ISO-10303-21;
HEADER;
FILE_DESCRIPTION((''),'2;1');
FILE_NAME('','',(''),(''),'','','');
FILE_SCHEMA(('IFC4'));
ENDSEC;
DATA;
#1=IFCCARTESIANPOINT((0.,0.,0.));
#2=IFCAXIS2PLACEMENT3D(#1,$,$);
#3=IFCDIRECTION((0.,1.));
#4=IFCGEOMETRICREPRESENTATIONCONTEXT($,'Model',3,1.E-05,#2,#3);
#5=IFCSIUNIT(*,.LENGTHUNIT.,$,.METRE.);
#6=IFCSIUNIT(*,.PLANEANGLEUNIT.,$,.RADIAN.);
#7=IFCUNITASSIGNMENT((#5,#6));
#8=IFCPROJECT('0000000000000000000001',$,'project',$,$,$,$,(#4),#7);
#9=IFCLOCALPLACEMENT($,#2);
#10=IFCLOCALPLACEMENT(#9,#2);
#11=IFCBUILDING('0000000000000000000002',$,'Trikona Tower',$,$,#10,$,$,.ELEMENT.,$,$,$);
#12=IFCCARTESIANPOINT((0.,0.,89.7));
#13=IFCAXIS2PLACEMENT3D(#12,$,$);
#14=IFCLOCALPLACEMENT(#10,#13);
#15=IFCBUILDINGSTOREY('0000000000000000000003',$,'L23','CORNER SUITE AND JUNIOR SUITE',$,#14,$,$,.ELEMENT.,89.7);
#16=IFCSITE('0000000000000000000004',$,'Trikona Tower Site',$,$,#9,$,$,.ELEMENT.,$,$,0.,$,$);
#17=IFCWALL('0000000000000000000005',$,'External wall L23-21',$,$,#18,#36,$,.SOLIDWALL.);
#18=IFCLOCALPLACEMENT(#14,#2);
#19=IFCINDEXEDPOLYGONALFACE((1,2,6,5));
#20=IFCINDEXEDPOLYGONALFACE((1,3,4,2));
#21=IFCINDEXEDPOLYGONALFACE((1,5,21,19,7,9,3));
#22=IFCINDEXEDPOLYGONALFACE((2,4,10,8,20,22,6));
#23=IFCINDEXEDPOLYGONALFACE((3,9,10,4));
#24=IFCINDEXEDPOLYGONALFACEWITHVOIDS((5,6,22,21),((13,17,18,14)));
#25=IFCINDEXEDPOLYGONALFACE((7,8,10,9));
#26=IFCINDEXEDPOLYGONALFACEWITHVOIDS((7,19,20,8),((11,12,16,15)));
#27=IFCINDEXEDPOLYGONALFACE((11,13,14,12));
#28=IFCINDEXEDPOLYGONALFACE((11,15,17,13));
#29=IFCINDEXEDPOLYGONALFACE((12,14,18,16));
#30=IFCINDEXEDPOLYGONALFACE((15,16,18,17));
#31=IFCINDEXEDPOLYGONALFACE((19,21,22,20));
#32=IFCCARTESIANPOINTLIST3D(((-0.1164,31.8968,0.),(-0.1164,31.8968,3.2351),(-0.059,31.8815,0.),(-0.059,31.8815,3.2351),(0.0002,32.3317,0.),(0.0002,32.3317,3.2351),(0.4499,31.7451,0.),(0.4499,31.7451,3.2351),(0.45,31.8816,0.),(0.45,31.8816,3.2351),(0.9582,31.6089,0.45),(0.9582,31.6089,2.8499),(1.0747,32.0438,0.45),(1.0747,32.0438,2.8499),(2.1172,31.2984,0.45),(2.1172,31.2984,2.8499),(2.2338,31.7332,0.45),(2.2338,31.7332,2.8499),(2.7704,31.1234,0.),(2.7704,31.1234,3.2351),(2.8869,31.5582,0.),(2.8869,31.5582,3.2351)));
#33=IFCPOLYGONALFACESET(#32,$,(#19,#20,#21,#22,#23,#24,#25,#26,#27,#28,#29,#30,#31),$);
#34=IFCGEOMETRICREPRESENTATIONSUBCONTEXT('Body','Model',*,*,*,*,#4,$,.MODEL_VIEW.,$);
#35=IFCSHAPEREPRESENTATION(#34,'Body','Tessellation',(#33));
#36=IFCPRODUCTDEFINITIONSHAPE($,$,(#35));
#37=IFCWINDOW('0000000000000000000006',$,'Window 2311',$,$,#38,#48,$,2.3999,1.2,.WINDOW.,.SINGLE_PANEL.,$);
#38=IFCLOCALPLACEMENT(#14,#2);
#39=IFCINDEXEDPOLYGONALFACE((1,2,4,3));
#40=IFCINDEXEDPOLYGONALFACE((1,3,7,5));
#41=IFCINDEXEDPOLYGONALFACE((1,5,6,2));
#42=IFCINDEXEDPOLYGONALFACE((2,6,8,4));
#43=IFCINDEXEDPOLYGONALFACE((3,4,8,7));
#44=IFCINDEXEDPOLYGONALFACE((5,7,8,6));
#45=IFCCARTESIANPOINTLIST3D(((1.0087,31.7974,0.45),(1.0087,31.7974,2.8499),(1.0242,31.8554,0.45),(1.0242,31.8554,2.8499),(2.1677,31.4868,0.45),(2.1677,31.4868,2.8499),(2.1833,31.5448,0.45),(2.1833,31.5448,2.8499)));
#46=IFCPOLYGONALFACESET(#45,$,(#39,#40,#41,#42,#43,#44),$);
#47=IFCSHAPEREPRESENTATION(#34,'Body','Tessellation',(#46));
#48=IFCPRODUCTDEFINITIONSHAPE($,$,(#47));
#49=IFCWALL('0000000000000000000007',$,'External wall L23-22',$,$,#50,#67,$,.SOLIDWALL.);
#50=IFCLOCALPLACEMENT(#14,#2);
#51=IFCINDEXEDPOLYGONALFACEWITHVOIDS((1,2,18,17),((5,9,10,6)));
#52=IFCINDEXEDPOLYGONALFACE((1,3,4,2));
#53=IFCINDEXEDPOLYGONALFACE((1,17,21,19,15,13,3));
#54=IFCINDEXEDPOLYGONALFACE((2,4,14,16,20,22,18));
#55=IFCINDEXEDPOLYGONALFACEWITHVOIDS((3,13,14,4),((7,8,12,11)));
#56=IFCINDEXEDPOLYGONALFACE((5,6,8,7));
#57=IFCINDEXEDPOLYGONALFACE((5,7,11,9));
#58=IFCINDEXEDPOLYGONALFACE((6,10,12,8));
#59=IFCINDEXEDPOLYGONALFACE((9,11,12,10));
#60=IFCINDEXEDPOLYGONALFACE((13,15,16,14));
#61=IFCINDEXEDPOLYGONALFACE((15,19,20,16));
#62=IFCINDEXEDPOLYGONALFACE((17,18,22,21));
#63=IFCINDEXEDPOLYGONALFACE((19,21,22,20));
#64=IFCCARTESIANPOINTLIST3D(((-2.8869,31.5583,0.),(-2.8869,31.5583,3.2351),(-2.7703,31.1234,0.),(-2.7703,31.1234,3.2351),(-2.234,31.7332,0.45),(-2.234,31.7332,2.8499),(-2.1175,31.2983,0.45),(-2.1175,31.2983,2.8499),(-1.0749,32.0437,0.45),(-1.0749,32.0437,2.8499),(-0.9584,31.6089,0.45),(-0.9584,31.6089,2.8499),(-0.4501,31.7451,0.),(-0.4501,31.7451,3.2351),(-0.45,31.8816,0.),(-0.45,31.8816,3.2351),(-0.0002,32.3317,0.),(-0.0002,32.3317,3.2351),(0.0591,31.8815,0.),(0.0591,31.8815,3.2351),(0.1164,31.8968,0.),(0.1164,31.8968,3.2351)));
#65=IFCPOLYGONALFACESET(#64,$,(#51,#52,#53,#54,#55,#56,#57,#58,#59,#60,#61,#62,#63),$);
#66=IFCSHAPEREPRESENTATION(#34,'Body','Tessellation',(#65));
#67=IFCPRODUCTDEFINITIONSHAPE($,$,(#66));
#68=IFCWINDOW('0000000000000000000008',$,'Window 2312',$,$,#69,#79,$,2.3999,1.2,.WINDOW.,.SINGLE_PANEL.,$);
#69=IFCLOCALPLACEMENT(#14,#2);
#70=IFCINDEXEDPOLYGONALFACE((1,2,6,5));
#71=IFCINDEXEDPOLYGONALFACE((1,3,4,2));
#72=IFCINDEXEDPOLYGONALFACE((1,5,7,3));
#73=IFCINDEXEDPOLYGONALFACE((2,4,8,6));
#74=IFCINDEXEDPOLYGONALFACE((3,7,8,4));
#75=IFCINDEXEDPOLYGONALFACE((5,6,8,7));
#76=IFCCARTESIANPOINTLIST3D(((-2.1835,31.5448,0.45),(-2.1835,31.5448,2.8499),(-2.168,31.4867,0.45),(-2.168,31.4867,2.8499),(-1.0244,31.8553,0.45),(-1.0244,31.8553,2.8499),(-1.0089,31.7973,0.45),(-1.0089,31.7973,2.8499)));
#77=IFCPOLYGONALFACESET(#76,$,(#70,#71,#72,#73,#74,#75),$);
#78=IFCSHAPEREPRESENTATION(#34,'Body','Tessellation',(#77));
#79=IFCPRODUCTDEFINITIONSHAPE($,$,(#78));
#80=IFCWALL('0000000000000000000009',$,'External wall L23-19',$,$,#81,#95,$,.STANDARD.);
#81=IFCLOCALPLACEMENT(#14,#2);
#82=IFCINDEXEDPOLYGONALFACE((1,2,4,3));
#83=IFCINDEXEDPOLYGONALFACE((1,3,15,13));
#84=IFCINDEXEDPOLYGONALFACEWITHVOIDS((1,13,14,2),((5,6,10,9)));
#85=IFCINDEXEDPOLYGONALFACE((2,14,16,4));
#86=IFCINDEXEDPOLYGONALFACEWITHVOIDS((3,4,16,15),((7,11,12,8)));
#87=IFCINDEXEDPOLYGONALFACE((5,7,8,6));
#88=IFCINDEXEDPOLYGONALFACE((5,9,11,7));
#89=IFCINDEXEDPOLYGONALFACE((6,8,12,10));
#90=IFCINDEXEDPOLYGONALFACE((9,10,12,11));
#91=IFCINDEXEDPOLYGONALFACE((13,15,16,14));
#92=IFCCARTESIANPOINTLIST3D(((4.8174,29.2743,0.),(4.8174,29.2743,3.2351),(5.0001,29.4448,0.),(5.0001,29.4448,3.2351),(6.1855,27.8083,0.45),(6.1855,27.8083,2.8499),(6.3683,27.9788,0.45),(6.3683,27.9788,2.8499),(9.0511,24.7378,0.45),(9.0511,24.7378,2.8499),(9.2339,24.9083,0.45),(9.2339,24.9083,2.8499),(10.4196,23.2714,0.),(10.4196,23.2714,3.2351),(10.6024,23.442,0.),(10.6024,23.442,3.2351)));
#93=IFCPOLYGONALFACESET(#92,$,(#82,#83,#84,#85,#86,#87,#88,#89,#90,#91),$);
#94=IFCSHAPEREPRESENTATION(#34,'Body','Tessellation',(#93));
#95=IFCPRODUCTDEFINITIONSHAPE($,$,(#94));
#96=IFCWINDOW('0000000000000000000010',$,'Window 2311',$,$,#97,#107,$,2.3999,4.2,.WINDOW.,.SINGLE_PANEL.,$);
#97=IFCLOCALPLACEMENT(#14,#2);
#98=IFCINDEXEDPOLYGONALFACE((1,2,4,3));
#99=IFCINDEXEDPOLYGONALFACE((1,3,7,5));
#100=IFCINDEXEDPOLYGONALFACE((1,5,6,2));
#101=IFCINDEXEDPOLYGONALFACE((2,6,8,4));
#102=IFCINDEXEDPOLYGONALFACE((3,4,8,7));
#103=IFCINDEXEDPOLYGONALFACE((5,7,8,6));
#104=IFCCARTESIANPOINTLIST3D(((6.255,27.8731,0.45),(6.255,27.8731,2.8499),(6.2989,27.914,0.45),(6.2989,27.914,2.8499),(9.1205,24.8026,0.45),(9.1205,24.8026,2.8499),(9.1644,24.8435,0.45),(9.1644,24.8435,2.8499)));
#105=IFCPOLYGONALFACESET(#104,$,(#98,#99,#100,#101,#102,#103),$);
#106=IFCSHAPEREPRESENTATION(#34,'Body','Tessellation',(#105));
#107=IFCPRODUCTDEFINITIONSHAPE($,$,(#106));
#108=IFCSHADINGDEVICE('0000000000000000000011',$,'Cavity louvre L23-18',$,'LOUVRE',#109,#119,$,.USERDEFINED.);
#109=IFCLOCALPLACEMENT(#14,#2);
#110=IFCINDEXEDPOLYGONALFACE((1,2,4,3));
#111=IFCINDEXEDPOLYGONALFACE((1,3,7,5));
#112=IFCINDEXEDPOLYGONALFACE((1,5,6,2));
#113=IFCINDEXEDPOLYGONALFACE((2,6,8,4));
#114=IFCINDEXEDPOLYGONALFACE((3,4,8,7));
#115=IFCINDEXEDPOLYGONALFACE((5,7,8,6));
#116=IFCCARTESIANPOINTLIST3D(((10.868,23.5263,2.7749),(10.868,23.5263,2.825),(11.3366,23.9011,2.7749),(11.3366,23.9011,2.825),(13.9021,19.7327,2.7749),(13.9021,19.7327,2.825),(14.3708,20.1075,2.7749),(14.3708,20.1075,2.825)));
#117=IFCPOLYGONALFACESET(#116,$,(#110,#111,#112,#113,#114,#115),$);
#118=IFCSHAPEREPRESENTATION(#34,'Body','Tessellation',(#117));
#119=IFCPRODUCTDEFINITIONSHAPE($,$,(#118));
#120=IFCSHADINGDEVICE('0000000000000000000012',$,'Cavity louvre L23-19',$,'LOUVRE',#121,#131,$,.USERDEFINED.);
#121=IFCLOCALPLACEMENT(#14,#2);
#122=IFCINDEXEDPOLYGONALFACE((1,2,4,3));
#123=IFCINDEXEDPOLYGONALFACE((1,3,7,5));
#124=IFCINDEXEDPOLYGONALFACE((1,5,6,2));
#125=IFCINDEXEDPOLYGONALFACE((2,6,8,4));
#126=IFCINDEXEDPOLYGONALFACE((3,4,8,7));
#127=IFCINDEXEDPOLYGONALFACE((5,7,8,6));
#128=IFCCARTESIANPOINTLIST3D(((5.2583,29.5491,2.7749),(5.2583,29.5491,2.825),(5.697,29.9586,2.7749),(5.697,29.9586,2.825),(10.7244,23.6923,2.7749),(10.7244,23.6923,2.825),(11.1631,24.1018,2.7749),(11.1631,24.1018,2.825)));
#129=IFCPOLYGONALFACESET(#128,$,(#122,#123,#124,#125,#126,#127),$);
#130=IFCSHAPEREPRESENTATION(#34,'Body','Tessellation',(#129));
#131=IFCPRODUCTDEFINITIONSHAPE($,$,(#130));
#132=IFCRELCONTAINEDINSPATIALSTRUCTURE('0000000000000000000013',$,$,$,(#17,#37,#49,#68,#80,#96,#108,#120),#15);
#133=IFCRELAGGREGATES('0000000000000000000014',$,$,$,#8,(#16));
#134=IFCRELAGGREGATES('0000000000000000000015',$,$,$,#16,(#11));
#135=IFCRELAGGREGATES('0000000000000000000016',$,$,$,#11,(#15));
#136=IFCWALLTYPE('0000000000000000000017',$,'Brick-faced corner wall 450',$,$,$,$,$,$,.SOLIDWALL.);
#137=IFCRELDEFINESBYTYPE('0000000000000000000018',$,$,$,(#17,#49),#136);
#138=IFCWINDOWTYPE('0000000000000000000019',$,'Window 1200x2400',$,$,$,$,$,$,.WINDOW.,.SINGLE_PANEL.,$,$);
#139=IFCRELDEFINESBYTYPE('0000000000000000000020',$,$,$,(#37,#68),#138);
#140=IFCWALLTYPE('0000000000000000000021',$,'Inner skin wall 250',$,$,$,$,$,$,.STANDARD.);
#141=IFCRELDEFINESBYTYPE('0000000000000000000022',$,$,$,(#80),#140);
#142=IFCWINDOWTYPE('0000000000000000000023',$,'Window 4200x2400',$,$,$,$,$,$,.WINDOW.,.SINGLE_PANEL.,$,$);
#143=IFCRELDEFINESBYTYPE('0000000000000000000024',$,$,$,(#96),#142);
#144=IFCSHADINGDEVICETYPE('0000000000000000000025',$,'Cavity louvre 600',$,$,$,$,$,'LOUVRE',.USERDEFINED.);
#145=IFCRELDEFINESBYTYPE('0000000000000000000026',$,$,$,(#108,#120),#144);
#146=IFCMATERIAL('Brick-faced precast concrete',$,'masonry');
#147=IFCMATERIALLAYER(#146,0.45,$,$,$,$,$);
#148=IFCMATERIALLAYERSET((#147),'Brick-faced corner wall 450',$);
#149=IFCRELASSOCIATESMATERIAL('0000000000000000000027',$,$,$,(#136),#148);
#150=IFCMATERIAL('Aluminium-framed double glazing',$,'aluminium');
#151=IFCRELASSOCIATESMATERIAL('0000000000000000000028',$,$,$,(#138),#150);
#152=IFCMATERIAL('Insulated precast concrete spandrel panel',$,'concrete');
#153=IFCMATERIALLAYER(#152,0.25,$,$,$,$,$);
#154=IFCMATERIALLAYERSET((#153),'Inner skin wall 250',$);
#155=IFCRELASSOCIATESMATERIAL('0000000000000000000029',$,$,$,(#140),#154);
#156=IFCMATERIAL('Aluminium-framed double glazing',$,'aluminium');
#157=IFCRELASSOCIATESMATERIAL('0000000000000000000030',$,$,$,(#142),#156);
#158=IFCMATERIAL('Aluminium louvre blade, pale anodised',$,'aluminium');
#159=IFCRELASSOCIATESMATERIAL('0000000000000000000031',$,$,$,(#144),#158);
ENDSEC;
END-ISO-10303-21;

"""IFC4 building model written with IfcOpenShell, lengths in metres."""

from ifc_helpers import new_model, si_unit, direction, frame, frame_2d, origin, origin_2d, place, context, subcontext, project, spatial, polyline, rectangle, outline, extrude, material, layer, layer_set, type_object, element, fill, save


model = new_model("IFC4")

# Units and contexts
model_context = context("Model", 3, precision=1e-05, world=origin(), true_north=direction((0.0, 1.0)))
body_context = subcontext(model_context, "Body", "Model", "MODEL_VIEW")
ifc_project = project(units=[si_unit("LENGTHUNIT", "METRE"), si_unit("PLANEANGLEUNIT", "RADIAN")], contexts=[model_context])

# Site, building, storey
site_placement = place(None, origin())
site = spatial("IfcSite", under=ifc_project, at=site_placement, Name="Trikona Tower Site", CompositionType="ELEMENT", RefElevation=0.0)
building_placement = place(site_placement, origin())
building = spatial("IfcBuilding", under=site, at=building_placement, Name="Trikona Tower", CompositionType="ELEMENT")
storey_placement = place(building_placement, frame((0.0, 0.0, 89.7)))
storey = spatial("IfcBuildingStorey", under=building, at=storey_placement, Name="L23", Description="CORNER SUITE AND JUNIOR SUITE", CompositionType="ELEMENT", Elevation=89.7)

# Walls, openings, windows
ifc_material_1 = material(Name="Brick-faced precast concrete", Category="masonry")
ifc_layer_1 = layer(ifc_material_1, 0.45)
ifc_layer_set_1 = layer_set([ifc_layer_1], Name="Brick-faced corner wall 450")
wall_type_1 = type_object("IfcWallType", Name="Brick-faced corner wall 450", PredefinedType="SOLIDWALL", material=ifc_layer_set_1)
wall_1_placement = place(storey_placement, frame((2.8286, 31.3408, 0.0), z_axis=(0.0, 0.0, 1.0), x_axis=(-0.965931, 0.258801, 0.0)))
wall_1 = element("IfcWall", 1, at=wall_1_placement, inside=storey, type_object=wall_type_1, Name="External wall L23-21", PredefinedType="SOLIDWALL", context=body_context, shape_type="SweptSolid", body=[
    extrude(outline(polyline([(2.9885, 0.2251), (2.9292, 0.2251), (2.4375, 0.0933), (2.4023, 0.2251), (0.0, 0.2251), (0.0, -0.2251), (2.9885, -0.2251), (2.9885, 0.2251)])), origin(), (0.0, 0.0, 1.0), 3.2351),
])
opening_1_placement = place(wall_1_placement, frame((0.676, 0.0, 0.45)))
opening_1 = element("IfcOpeningElement", 2, at=opening_1_placement, cuts=wall_1, PredefinedType="OPENING", context=body_context, shape_type="SweptSolid", body=[
    extrude(rectangle(XDim=1.2, YDim=2.3999, at=frame_2d((0.6001, 1.2))), frame((0.0, 0.2349, 0.0), z_axis=(0.0, -1.0, 0.0), x_axis=(1.0, 0.0, 0.0)), (0.0, 0.0, 1.0), 0.47),
])
ifc_material_2 = material(Name="Aluminium-framed double glazing", Category="aluminium")
window_type_1 = type_object("IfcWindowType", Name="Window 1200x2400", PartitioningType="SINGLE_PANEL", PredefinedType="WINDOW", material=ifc_material_2)
window_1_placement = place(opening_1_placement, origin())
window_1 = element("IfcWindow", 3, at=window_1_placement, inside=storey, type_object=window_type_1, Name="Window 2311", OverallHeight=2.3999, OverallWidth=1.2, PartitioningType="SINGLE_PANEL", PredefinedType="WINDOW", context=body_context, shape_type="SweptSolid", body=[
    extrude(rectangle(XDim=1.2, YDim=2.3999, at=frame_2d((0.6001, 1.2))), frame((0.0, 0.03, 0.0), z_axis=(0.0, -1.0, 0.0), x_axis=(1.0, 0.0, 0.0)), (0.0, 0.0, 1.0), 0.0601),
])
fill(opening_1, window_1)
wall_2_placement = place(storey_placement, frame((0.0581, 32.1143, 0.0), z_axis=(0.0, 0.0, 1.0), x_axis=(-0.965931, -0.258801, 0.0)))
wall_2 = element("IfcWall", 4, at=wall_2_placement, inside=storey, type_object=wall_type_1, Name="External wall L23-22", PredefinedType="SOLIDWALL", context=body_context, shape_type="SweptSolid", body=[
    extrude(outline(polyline([(2.9885, 0.2251), (0.5864, 0.2251), (0.551, 0.0933), (0.0593, 0.2251), (0.0, 0.2251), (0.0, -0.2251), (2.9885, -0.2251), (2.9885, 0.2251)])), origin(), (0.0, 0.0, 1.0), 3.2351),
])
opening_2_placement = place(wall_2_placement, frame((1.1125, 0.0, 0.45)))
opening_2 = element("IfcOpeningElement", 5, at=opening_2_placement, cuts=wall_2, PredefinedType="OPENING", context=body_context, shape_type="SweptSolid", body=[
    extrude(rectangle(XDim=1.2, YDim=2.3999, at=frame_2d((0.6001, 1.2))), frame((0.0, 0.2349, 0.0), z_axis=(0.0, -1.0, 0.0), x_axis=(1.0, 0.0, 0.0)), (0.0, 0.0, 1.0), 0.47),
])
window_2_placement = place(opening_2_placement, origin())
window_2 = element("IfcWindow", 6, at=window_2_placement, inside=storey, type_object=window_type_1, Name="Window 2312", OverallHeight=2.3999, OverallWidth=1.2, PartitioningType="SINGLE_PANEL", PredefinedType="WINDOW", context=body_context, shape_type="SweptSolid", body=[
    extrude(rectangle(XDim=1.2, YDim=2.3999, at=frame_2d((0.6001, 1.2))), frame((0.0, 0.03, 0.0), z_axis=(0.0, -1.0, 0.0), x_axis=(1.0, 0.0, 0.0)), (0.0, 0.0, 1.0), 0.0601),
])
fill(opening_2, window_2)
ifc_material_3 = material(Name="Insulated precast concrete spandrel panel", Category="concrete")
ifc_layer_2 = layer(ifc_material_3, 0.25)
ifc_layer_set_2 = layer_set([ifc_layer_2], Name="Inner skin wall 250")
wall_type_2 = type_object("IfcWallType", Name="Inner skin wall 250", PredefinedType="STANDARD", material=ifc_layer_set_2)
wall_3_placement = place(storey_placement, frame((10.511, 23.3567, 0.0), z_axis=(0.0, 0.0, 1.0), x_axis=(-0.68229, 0.731082, 0.0)))
wall_3 = element("IfcWall", 7, at=wall_3_placement, inside=storey, type_object=wall_type_2, Name="External wall L23-19", PredefinedType="STANDARD", context=body_context, shape_type="SweptSolid", body=[
    extrude(rectangle(XDim=8.2109, YDim=0.25, at=frame_2d((4.1055, 0.0))), origin(), (0.0, 0.0, 1.0), 3.2351),
])
opening_3_placement = place(wall_3_placement, frame((2.0056, 0.0, 0.45)))
opening_3 = element("IfcOpeningElement", 8, at=opening_3_placement, cuts=wall_3, PredefinedType="OPENING", context=body_context, shape_type="SweptSolid", body=[
    extrude(rectangle(XDim=4.2, YDim=2.3999, at=frame_2d((2.1001, 1.2))), frame((0.0, 0.135, 0.0), z_axis=(0.0, -1.0, 0.0), x_axis=(1.0, 0.0, 0.0)), (0.0, 0.0, 1.0), 0.27),
])
ifc_material_4 = material(Name="Aluminium-framed double glazing", Category="aluminium")
window_type_2 = type_object("IfcWindowType", Name="Window 4200x2400", PartitioningType="SINGLE_PANEL", PredefinedType="WINDOW", material=ifc_material_4)
window_3_placement = place(opening_3_placement, origin())
window_3 = element("IfcWindow", 9, at=window_3_placement, inside=storey, type_object=window_type_2, Name="Window 2311", OverallHeight=2.3999, OverallWidth=4.2, PartitioningType="SINGLE_PANEL", PredefinedType="WINDOW", context=body_context, shape_type="SweptSolid", body=[
    extrude(rectangle(XDim=4.2, YDim=2.3999, at=frame_2d((2.1001, 1.2))), frame((0.0, 0.03, 0.0), z_axis=(0.0, -1.0, 0.0), x_axis=(1.0, 0.0, 0.0)), (0.0, 0.0, 1.0), 0.0601),
])
fill(opening_3, window_3)

# Shading devices
ifc_material_5 = material(Name="Aluminium louvre blade, pale anodised", Category="aluminium")
shading_device_type = type_object("IfcShadingDeviceType", Name="Cavity louvre 600", ElementType="LOUVRE", PredefinedType="USERDEFINED", material=ifc_material_5)
shading_device_1_placement = place(storey_placement, frame((12.6194, 21.8169, 2.7749), z_axis=(0.0, 0.0, 1.0), x_axis=(-0.624604, 0.780942, 0.0)))
element("IfcShadingDevice", 10, at=shading_device_1_placement, inside=storey, type_object=shading_device_type, Name="Cavity louvre L23-18", ObjectType="LOUVRE", PredefinedType="USERDEFINED", context=body_context, shape_type="SweptSolid", body=[
    extrude(rectangle(XDim=4.8577, YDim=0.6001, at=origin_2d()), origin(), (0.0, 0.0, 1.0), 0.05),
])
shading_device_2_placement = place(storey_placement, frame((8.2107, 26.8254, 2.7749), z_axis=(0.0, 0.0, 1.0), x_axis=(-0.682298, 0.731074, 0.0)))
element("IfcShadingDevice", 11, at=shading_device_2_placement, inside=storey, type_object=shading_device_type, Name="Cavity louvre L23-19", ObjectType="LOUVRE", PredefinedType="USERDEFINED", context=body_context, shape_type="SweptSolid", body=[
    extrude(rectangle(XDim=8.0112, YDim=0.6001, at=origin_2d()), origin(), (0.0, 0.0, 1.0), 0.05),
])

save(model, "model.ifc")
